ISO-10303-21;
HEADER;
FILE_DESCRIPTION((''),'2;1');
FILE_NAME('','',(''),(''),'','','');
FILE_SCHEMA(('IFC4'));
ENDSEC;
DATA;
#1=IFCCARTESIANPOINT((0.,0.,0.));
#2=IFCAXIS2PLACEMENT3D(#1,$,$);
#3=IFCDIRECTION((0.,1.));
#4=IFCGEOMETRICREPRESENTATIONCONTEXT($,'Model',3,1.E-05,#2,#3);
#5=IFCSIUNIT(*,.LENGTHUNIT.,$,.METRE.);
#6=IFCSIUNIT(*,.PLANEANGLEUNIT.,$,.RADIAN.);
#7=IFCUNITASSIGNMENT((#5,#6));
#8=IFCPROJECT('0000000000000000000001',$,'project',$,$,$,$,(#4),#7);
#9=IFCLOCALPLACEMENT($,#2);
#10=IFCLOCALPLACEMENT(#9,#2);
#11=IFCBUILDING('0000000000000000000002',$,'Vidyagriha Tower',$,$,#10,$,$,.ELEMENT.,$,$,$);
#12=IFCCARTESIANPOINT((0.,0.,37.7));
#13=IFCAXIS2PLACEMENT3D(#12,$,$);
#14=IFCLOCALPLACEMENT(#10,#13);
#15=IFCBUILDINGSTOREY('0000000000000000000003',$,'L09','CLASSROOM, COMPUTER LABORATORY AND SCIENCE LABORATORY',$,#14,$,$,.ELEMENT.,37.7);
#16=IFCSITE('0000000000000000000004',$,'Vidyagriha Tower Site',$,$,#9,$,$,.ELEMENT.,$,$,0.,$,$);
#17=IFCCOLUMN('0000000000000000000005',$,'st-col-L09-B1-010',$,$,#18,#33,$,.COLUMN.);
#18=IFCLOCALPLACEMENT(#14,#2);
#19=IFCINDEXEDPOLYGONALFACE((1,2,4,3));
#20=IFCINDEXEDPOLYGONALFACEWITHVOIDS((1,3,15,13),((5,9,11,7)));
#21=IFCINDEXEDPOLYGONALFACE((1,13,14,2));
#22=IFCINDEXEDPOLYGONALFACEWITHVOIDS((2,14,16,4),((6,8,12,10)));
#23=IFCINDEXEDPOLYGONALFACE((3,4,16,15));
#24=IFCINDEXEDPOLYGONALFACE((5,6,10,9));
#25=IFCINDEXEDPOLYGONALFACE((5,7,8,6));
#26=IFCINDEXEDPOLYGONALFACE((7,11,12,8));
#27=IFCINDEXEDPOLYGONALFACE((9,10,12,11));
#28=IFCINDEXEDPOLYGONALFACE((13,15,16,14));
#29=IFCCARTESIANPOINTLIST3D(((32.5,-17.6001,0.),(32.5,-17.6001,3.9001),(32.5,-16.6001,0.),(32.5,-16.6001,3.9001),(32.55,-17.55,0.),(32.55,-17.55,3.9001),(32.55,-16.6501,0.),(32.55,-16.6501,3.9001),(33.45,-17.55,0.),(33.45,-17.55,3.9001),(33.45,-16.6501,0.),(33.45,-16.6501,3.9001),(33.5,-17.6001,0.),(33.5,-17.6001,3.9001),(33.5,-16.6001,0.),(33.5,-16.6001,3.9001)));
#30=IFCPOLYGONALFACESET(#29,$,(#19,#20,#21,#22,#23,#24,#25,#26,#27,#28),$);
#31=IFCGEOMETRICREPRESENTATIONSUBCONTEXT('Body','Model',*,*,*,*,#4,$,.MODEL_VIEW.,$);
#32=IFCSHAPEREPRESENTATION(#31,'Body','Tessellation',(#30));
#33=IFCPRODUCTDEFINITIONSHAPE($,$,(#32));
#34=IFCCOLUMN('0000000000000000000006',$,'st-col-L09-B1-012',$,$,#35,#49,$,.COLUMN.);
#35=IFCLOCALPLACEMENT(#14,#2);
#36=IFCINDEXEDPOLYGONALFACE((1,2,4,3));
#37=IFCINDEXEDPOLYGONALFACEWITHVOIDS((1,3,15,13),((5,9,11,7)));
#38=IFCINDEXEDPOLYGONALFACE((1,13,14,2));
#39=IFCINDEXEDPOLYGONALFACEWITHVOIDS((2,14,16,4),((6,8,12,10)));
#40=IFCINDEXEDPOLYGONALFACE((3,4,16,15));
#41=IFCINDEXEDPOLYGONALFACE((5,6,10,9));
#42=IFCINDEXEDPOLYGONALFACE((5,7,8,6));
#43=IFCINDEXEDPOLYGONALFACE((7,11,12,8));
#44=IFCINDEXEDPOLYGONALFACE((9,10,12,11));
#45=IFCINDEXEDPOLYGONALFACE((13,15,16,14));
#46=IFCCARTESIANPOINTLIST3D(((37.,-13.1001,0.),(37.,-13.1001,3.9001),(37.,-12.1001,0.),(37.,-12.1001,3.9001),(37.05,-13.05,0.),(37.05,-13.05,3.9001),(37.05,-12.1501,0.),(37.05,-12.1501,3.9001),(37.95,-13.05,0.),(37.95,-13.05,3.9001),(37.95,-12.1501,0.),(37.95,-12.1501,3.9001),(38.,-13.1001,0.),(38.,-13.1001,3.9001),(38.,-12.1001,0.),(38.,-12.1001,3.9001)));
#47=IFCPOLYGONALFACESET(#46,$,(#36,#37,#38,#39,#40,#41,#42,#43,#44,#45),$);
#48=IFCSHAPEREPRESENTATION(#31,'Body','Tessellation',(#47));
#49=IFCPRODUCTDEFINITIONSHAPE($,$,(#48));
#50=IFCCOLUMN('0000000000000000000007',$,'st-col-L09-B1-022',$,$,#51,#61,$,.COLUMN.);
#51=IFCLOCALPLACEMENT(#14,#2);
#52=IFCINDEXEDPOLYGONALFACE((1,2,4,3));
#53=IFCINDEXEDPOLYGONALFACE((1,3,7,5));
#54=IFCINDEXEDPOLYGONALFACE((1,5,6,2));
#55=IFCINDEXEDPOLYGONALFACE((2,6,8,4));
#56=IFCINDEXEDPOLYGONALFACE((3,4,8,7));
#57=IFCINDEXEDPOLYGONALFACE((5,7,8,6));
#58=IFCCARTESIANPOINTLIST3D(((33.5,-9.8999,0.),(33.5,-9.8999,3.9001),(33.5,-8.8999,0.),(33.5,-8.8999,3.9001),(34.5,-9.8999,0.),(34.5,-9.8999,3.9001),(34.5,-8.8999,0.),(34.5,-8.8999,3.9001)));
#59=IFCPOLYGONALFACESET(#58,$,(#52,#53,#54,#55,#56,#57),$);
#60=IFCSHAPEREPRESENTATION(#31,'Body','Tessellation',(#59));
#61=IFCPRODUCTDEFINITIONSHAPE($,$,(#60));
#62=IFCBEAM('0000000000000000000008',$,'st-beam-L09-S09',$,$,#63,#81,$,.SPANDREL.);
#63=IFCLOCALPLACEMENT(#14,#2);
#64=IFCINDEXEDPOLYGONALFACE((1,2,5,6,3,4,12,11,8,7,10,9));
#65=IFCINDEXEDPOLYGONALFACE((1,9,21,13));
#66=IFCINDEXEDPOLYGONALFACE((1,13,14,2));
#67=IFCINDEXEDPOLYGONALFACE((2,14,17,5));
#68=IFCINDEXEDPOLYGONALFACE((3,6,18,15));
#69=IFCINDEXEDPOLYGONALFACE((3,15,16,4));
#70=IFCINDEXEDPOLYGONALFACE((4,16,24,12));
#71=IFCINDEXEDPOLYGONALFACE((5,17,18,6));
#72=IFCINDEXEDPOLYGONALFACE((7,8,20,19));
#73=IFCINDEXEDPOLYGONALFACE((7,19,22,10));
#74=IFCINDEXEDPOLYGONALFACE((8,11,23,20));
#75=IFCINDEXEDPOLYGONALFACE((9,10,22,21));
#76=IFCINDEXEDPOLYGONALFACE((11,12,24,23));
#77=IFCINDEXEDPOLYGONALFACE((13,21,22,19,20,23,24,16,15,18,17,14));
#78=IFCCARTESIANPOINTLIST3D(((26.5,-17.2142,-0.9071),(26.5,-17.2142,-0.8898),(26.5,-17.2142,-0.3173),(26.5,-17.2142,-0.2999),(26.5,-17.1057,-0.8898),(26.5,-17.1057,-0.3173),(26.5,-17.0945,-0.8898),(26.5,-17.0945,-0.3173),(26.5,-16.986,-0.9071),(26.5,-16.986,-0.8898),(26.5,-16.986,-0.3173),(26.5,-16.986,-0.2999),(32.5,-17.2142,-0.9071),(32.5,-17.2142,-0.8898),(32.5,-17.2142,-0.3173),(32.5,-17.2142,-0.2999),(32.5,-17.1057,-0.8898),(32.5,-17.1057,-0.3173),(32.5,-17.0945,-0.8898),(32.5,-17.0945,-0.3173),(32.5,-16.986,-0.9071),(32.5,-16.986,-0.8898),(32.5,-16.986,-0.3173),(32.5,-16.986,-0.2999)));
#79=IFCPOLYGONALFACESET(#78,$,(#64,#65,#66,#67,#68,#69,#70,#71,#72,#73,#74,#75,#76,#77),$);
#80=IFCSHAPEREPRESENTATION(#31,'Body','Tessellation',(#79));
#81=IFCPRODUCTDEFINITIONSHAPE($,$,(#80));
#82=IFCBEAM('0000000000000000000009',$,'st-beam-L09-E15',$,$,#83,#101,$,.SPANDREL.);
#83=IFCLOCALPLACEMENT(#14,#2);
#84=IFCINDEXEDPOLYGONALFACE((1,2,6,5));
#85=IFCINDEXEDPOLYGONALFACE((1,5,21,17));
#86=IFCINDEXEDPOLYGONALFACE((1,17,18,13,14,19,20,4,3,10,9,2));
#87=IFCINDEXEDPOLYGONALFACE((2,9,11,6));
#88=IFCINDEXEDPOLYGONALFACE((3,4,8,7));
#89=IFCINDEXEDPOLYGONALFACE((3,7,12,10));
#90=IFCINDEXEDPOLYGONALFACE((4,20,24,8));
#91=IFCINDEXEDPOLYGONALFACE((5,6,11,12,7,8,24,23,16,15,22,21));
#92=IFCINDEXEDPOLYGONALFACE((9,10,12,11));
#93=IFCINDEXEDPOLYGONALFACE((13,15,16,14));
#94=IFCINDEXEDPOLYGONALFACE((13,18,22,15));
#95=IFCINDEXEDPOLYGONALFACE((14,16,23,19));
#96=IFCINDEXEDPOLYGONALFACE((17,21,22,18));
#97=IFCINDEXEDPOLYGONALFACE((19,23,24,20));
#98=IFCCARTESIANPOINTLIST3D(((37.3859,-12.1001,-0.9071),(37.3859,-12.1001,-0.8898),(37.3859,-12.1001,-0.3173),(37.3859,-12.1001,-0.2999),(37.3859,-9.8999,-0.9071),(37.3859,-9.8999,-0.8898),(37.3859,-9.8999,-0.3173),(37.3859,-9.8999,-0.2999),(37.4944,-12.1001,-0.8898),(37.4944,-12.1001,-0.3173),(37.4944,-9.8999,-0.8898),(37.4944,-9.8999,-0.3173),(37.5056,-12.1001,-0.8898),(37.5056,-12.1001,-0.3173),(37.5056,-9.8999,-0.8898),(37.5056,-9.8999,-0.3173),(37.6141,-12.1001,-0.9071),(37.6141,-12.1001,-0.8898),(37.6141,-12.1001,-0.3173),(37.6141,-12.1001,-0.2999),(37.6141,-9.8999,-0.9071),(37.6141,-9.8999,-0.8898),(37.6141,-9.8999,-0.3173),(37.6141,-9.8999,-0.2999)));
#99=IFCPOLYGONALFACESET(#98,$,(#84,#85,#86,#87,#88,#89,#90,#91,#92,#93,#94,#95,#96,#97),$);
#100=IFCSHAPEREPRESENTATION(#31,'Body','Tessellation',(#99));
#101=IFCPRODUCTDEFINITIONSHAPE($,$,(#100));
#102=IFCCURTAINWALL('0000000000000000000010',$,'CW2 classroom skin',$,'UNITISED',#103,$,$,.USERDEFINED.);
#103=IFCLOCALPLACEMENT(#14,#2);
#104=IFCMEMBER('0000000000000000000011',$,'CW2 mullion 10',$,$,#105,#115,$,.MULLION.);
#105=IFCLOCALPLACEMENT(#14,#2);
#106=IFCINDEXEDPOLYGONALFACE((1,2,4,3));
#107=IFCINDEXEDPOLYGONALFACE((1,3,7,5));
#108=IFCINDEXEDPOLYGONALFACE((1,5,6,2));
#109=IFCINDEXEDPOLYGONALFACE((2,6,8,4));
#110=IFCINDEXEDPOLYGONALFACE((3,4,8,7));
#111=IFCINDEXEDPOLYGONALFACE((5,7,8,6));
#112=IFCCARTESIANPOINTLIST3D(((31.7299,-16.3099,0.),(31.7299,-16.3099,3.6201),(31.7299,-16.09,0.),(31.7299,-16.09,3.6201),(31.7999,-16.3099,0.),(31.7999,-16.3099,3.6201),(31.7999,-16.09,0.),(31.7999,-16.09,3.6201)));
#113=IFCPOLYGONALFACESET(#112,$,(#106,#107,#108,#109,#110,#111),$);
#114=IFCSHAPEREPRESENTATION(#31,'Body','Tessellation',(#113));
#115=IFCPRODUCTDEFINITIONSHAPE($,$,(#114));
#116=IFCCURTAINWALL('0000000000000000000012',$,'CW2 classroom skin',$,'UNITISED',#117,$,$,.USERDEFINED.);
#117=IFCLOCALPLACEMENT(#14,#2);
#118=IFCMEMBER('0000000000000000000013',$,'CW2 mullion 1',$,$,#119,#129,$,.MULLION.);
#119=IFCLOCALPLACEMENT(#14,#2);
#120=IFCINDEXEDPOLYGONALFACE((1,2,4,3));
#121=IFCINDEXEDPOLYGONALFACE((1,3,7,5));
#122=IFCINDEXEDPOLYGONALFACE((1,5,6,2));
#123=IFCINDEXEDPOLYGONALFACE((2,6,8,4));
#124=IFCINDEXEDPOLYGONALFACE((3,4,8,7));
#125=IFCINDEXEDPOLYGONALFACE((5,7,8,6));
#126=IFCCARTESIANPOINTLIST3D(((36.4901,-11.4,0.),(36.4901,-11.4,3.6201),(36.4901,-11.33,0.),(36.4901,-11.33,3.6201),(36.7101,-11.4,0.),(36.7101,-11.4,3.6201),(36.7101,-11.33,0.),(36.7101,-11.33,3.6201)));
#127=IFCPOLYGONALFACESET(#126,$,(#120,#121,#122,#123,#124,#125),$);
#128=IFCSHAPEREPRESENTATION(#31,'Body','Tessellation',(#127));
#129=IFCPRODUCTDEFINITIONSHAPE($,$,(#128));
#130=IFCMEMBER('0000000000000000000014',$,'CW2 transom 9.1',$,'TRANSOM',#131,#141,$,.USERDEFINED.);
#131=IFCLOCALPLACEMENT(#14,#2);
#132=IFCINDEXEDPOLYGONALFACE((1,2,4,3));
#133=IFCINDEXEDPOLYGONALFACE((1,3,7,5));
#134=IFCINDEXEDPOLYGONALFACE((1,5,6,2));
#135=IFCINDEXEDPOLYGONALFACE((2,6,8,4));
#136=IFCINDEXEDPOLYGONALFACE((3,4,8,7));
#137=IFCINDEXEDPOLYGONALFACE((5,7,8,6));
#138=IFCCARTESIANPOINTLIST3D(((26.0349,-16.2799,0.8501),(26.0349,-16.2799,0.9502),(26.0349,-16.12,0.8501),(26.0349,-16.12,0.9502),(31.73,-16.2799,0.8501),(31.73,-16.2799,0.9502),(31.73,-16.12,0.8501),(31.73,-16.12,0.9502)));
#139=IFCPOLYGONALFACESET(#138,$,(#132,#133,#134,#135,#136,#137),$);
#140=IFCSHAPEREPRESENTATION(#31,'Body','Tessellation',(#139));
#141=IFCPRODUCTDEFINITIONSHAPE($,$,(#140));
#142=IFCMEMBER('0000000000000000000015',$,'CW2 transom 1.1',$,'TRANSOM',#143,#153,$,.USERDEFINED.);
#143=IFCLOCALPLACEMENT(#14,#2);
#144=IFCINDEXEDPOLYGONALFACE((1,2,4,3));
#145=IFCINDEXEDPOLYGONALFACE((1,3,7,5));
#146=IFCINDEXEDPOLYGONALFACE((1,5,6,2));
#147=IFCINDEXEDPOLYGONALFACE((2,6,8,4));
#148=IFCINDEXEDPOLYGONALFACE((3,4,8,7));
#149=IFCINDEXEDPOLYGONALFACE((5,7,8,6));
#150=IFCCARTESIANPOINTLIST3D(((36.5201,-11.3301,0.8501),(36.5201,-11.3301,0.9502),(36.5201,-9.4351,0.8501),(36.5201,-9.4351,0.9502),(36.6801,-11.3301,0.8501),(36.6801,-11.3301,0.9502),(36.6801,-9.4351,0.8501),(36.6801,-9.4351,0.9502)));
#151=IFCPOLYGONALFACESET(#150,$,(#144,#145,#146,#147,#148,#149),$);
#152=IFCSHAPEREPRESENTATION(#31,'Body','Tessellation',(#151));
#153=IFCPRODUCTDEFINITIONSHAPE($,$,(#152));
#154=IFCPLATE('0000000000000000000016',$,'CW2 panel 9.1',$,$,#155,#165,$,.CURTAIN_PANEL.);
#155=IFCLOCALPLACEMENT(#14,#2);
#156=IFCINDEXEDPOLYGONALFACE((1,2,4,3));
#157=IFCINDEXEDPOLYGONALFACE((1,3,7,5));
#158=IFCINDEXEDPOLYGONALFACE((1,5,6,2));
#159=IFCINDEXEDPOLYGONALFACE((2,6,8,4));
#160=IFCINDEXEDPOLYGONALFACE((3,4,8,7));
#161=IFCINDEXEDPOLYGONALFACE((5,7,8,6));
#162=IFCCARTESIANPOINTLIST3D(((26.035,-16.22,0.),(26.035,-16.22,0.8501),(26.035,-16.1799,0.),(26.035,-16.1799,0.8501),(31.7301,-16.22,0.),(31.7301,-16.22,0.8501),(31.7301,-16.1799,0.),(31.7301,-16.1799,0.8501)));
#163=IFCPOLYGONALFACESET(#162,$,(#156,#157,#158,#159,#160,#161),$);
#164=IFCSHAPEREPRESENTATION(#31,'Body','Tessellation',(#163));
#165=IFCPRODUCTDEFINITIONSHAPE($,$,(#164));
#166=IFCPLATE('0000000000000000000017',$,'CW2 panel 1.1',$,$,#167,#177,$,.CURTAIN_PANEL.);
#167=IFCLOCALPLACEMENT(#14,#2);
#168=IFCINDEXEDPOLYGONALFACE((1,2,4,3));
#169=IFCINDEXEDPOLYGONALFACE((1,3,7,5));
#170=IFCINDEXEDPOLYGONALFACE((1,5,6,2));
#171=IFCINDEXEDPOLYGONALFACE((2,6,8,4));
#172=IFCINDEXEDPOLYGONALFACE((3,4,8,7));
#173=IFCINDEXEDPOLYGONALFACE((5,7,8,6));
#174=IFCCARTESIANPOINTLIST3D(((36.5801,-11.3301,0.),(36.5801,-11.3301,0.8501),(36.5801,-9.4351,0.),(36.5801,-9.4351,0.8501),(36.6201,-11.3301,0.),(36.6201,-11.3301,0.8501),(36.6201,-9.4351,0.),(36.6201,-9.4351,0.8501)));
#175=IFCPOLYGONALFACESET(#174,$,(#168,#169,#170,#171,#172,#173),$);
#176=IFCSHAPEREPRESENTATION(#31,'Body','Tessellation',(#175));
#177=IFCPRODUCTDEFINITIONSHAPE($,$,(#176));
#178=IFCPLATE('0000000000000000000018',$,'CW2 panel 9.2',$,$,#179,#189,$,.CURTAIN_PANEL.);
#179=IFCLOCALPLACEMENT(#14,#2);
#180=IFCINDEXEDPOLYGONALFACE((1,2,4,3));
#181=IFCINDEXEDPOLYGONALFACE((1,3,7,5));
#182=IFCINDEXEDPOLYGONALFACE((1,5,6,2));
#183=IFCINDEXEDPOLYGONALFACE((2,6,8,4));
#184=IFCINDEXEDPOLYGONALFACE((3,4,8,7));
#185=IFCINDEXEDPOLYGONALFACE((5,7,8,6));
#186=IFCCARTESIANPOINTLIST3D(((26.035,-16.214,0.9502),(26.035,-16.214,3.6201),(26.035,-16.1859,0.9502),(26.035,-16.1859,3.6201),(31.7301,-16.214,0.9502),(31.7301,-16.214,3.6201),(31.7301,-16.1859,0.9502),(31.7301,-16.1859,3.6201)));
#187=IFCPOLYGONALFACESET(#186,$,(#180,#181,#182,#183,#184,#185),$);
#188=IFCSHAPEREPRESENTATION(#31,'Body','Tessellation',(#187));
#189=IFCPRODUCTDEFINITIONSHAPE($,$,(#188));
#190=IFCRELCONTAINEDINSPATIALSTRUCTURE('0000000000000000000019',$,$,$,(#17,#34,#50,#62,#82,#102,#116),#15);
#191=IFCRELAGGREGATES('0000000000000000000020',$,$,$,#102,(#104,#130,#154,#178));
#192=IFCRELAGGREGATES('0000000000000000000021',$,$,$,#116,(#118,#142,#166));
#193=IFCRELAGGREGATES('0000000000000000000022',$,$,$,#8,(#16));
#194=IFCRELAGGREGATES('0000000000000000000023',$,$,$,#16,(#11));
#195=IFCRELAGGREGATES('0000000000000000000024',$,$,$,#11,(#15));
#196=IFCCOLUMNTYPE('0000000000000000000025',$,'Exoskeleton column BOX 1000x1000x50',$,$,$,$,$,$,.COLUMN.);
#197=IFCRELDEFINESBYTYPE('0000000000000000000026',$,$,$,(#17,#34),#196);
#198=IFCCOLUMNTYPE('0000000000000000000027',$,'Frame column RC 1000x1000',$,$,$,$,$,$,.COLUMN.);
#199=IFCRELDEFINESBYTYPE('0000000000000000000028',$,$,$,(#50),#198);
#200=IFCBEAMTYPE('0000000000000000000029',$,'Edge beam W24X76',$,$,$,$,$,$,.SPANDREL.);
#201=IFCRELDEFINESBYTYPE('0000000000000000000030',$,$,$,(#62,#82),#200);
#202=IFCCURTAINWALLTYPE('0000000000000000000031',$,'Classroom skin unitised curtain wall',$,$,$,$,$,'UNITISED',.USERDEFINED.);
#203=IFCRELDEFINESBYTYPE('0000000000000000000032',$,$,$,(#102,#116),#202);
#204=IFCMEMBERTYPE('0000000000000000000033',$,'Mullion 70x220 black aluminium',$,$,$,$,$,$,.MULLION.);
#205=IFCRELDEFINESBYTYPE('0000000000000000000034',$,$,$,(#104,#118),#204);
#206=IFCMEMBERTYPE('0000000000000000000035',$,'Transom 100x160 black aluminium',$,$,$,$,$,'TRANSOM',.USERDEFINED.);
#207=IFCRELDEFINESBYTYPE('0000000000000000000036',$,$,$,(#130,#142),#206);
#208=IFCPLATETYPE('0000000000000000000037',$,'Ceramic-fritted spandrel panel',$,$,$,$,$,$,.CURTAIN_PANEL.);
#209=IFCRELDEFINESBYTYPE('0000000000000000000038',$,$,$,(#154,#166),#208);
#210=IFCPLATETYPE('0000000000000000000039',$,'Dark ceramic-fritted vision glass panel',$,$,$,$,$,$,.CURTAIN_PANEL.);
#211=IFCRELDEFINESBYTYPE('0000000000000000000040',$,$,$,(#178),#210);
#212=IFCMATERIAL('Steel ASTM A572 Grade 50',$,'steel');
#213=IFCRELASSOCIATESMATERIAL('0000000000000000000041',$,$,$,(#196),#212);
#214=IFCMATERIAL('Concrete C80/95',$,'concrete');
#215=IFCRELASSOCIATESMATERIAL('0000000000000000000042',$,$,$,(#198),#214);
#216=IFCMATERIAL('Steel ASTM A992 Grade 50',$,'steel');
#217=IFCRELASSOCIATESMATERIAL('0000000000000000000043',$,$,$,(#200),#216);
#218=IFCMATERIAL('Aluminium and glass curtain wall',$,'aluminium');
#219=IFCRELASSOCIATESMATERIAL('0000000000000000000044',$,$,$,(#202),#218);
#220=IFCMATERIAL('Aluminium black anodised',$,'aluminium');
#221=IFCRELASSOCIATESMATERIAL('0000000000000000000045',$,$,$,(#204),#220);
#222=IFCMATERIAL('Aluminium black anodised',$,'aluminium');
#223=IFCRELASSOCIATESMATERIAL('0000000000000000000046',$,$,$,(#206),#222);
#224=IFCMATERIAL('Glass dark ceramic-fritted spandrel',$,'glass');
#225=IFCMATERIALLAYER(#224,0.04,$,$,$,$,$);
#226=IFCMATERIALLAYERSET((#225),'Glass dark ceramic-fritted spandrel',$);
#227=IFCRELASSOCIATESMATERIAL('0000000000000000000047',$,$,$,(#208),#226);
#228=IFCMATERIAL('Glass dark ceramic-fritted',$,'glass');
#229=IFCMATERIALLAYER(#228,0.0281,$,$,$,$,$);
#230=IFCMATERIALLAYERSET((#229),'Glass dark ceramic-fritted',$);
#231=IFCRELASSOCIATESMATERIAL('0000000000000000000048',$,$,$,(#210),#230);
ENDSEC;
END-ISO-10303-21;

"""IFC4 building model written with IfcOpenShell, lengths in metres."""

from ifc_helpers import new_model, si_unit, direction, frame, origin, origin_2d, place, context, subcontext, project, spatial, rectangle, hollow_rectangle, i_section, extrude, material, layer, layer_set, material_profile, profile_set, type_object, element, aggregate, save


model = new_model("IFC4")

# Units and contexts
model_context = context("Model", 3, precision=1e-05, world=origin(), true_north=direction((0.0, 1.0)))
body_context = subcontext(model_context, "Body", "Model", "MODEL_VIEW")
ifc_project = project(units=[si_unit("LENGTHUNIT", "METRE"), si_unit("PLANEANGLEUNIT", "RADIAN")], contexts=[model_context])

# Site, building, storey
site_placement = place(None, origin())
site = spatial("IfcSite", under=ifc_project, at=site_placement, Name="Vidyagriha Tower Site", CompositionType="ELEMENT", RefElevation=0.0)
building_placement = place(site_placement, origin())
building = spatial("IfcBuilding", under=site, at=building_placement, Name="Vidyagriha Tower", CompositionType="ELEMENT")
storey_placement = place(building_placement, frame((0.0, 0.0, 37.7)))
storey = spatial("IfcBuildingStorey", under=building, at=storey_placement, Name="L09", Description="CLASSROOM, COMPUTER LABORATORY AND SCIENCE LABORATORY", CompositionType="ELEMENT", Elevation=37.7)

# Columns
ifc_material_1 = material(Name="Steel ASTM A572 Grade 50", Category="steel")
ifc_material_profile_1 = material_profile(ifc_material_1, hollow_rectangle(XDim=1.0, YDim=1.0, WallThickness=0.05, at=origin_2d()), Name="BOX 1000x1000x50")
ifc_profile_set_1 = profile_set([ifc_material_profile_1], Name="Steel ASTM A572 Grade 50")
column_type_1 = type_object("IfcColumnType", Name="Exoskeleton column BOX 1000x1000x50", PredefinedType="COLUMN", material=ifc_profile_set_1)
for number, where, name in (
    (1, (33.0, -17.1001, 0.0), "st-col-L09-B1-010"),
    (2, (37.5, -12.6001, 0.0), "st-col-L09-B1-012"),
):
    element("IfcColumn", number, at=place(storey_placement, frame(where)), inside=storey, type_object=column_type_1, Name=name, PredefinedType="COLUMN", context=body_context, shape_type="SweptSolid", body=[
        extrude(hollow_rectangle(XDim=1.0, YDim=1.0, WallThickness=0.05, at=origin_2d()), origin(), (0.0, 0.0, 1.0), 3.9001),
    ])
ifc_material_2 = material(Name="Concrete C80/95", Category="concrete")
ifc_material_profile_2 = material_profile(ifc_material_2, rectangle(XDim=1.0, YDim=1.0, at=origin_2d()), Name="RC 1000x1000")
ifc_profile_set_2 = profile_set([ifc_material_profile_2], Name="Concrete C80/95")
column_type_2 = type_object("IfcColumnType", Name="Frame column RC 1000x1000", PredefinedType="COLUMN", material=ifc_profile_set_2)
column_placement = place(storey_placement, frame((34.0, -9.3999, 0.0)))
element("IfcColumn", 3, at=column_placement, inside=storey, type_object=column_type_2, Name="st-col-L09-B1-022", PredefinedType="COLUMN", context=body_context, shape_type="SweptSolid", body=[
    extrude(rectangle(XDim=1.0, YDim=1.0, at=origin_2d()), origin(), (0.0, 0.0, 1.0), 3.9001),
])

# Beams
ifc_material_3 = material(Name="Steel ASTM A992 Grade 50", Category="steel")
ifc_material_profile_3 = material_profile(ifc_material_3, i_section(OverallWidth=0.2283, OverallDepth=0.6072, WebThickness=0.0112, FlangeThickness=0.0173, at=origin_2d()), Name="W24X76")
ifc_profile_set_3 = profile_set([ifc_material_profile_3], Name="Steel ASTM A992 Grade 50")
beam_type = type_object("IfcBeamType", Name="Edge beam W24X76", PredefinedType="SPANDREL", material=ifc_profile_set_3)
beam_1_placement = place(storey_placement, frame((26.5, -17.1001, -0.6035), z_axis=(1.0, 0.0, 0.0), x_axis=(0.0, 1.0, 0.0)))
element("IfcBeam", 4, at=beam_1_placement, inside=storey, type_object=beam_type, Name="st-beam-L09-S09", PredefinedType="SPANDREL", context=body_context, shape_type="SweptSolid", body=[
    extrude(i_section(OverallWidth=0.2283, OverallDepth=0.6072, WebThickness=0.0112, FlangeThickness=0.0173, at=origin_2d()), origin(), (0.0, 0.0, 1.0), 6.0),
])
beam_2_placement = place(storey_placement, frame((37.5, -12.1001, -0.6035), z_axis=(0.0, 1.0, 0.0), x_axis=(-1.0, 0.0, 0.0)))
element("IfcBeam", 5, at=beam_2_placement, inside=storey, type_object=beam_type, Name="st-beam-L09-E15", PredefinedType="SPANDREL", context=body_context, shape_type="SweptSolid", body=[
    extrude(i_section(OverallWidth=0.2283, OverallDepth=0.6072, WebThickness=0.0112, FlangeThickness=0.0173, at=origin_2d()), origin(), (0.0, 0.0, 1.0), 2.2002),
])

# Curtain walls, members
ifc_material_4 = material(Name="Aluminium and glass curtain wall", Category="aluminium")
curtain_wall_type = type_object("IfcCurtainWallType", Name="Classroom skin unitised curtain wall", ElementType="UNITISED", PredefinedType="USERDEFINED", material=ifc_material_4)
curtain_wall_1_placement = place(storey_placement, origin())
curtain_wall_1 = element("IfcCurtainWall", 6, at=curtain_wall_1_placement, inside=storey, type_object=curtain_wall_type, Name="CW2 classroom skin", ObjectType="UNITISED", PredefinedType="USERDEFINED")
ifc_material_5 = material(Name="Aluminium black anodised", Category="aluminium")
ifc_material_profile_4 = material_profile(ifc_material_5, rectangle(XDim=0.22, YDim=0.0701, at=origin_2d()), Name="Mullion 70x220 black aluminium")
ifc_profile_set_4 = profile_set([ifc_material_profile_4], Name="Aluminium black anodised")
member_type_1 = type_object("IfcMemberType", Name="Mullion 70x220 black aluminium", PredefinedType="MULLION", material=ifc_profile_set_4)
member_1_placement = place(storey_placement, frame((31.7649, -16.2, 0.0), z_axis=(0.0, 0.0, 1.0), x_axis=(0.0, 1.0, 0.0)))
member_1 = element("IfcMember", 7, at=member_1_placement, type_object=member_type_1, Name="CW2 mullion 10", PredefinedType="MULLION", context=body_context, shape_type="SweptSolid", body=[
    extrude(rectangle(XDim=0.22, YDim=0.0701, at=origin_2d()), origin(), (0.0, 0.0, 1.0), 3.6201),
])
curtain_wall_2_placement = place(storey_placement, origin())
curtain_wall_2 = element("IfcCurtainWall", 8, at=curtain_wall_2_placement, inside=storey, type_object=curtain_wall_type, Name="CW2 classroom skin", ObjectType="UNITISED", PredefinedType="USERDEFINED")
member_2_placement = place(storey_placement, frame((36.6001, -11.365, 0.0), z_axis=(0.0, 0.0, 1.0), x_axis=(-1.0, 0.0, 0.0)))
member_2 = element("IfcMember", 9, at=member_2_placement, type_object=member_type_1, Name="CW2 mullion 1", PredefinedType="MULLION", context=body_context, shape_type="SweptSolid", body=[
    extrude(rectangle(XDim=0.22, YDim=0.0701, at=origin_2d()), origin(), (0.0, 0.0, 1.0), 3.6201),
])

# Members
ifc_material_6 = material(Name="Aluminium black anodised", Category="aluminium")
ifc_material_profile_5 = material_profile(ifc_material_6, rectangle(XDim=0.1599, YDim=0.1001, at=origin_2d()), Name="Transom 100x160 black aluminium")
ifc_profile_set_5 = profile_set([ifc_material_profile_5], Name="Aluminium black anodised")
member_type_2 = type_object("IfcMemberType", Name="Transom 100x160 black aluminium", ElementType="TRANSOM", PredefinedType="USERDEFINED", material=ifc_profile_set_5)
member_3_placement = place(storey_placement, frame((26.0349, -16.2, 0.9001), z_axis=(1.0, 0.0, 0.0), x_axis=(0.0, 1.0, 0.0)))
member_3 = element("IfcMember", 10, at=member_3_placement, type_object=member_type_2, Name="CW2 transom 9.1", ObjectType="TRANSOM", PredefinedType="USERDEFINED", context=body_context, shape_type="SweptSolid", body=[
    extrude(rectangle(XDim=0.1599, YDim=0.1001, at=origin_2d()), origin(), (0.0, 0.0, 1.0), 5.6951),
])
member_4_placement = place(storey_placement, frame((36.6001, -11.3301, 0.9001), z_axis=(0.0, 1.0, 0.0), x_axis=(-1.0, 0.0, 0.0)))
member_4 = element("IfcMember", 11, at=member_4_placement, type_object=member_type_2, Name="CW2 transom 1.1", ObjectType="TRANSOM", PredefinedType="USERDEFINED", context=body_context, shape_type="SweptSolid", body=[
    extrude(rectangle(XDim=0.1599, YDim=0.1001, at=origin_2d()), origin(), (0.0, 0.0, 1.0), 1.895),
])

# Plates
ifc_material_7 = material(Name="Glass dark ceramic-fritted spandrel", Category="glass")
ifc_layer_1 = layer(ifc_material_7, 0.04)
ifc_layer_set_1 = layer_set([ifc_layer_1], Name="Glass dark ceramic-fritted spandrel")
plate_type_1 = type_object("IfcPlateType", Name="Ceramic-fritted spandrel panel", PredefinedType="CURTAIN_PANEL", material=ifc_layer_set_1)
plate_1_placement = place(storey_placement, frame((28.8826, -16.2, 0.0)))
plate_1 = element("IfcPlate", 12, at=plate_1_placement, type_object=plate_type_1, Name="CW2 panel 9.1", PredefinedType="CURTAIN_PANEL", context=body_context, shape_type="SweptSolid", body=[
    extrude(rectangle(XDim=5.6951, YDim=0.04, at=origin_2d()), origin(), (0.0, 0.0, 1.0), 0.8501),
])
plate_2_placement = place(storey_placement, frame((36.6001, -10.3826, 0.0), z_axis=(0.0, 0.0, 1.0), x_axis=(0.0, 1.0, 0.0)))
plate_2 = element("IfcPlate", 13, at=plate_2_placement, type_object=plate_type_1, Name="CW2 panel 1.1", PredefinedType="CURTAIN_PANEL", context=body_context, shape_type="SweptSolid", body=[
    extrude(rectangle(XDim=1.895, YDim=0.04, at=origin_2d()), origin(), (0.0, 0.0, 1.0), 0.8501),
])
ifc_material_8 = material(Name="Glass dark ceramic-fritted", Category="glass")
ifc_layer_2 = layer(ifc_material_8, 0.0281)
ifc_layer_set_2 = layer_set([ifc_layer_2], Name="Glass dark ceramic-fritted")
plate_type_2 = type_object("IfcPlateType", Name="Dark ceramic-fritted vision glass panel", PredefinedType="CURTAIN_PANEL", material=ifc_layer_set_2)
plate_3_placement = place(storey_placement, frame((28.8826, -16.2, 0.9502)))
plate_3 = element("IfcPlate", 14, at=plate_3_placement, type_object=plate_type_2, Name="CW2 panel 9.2", PredefinedType="CURTAIN_PANEL", context=body_context, shape_type="SweptSolid", body=[
    extrude(rectangle(XDim=5.6951, YDim=0.0281, at=origin_2d()), origin(), (0.0, 0.0, 1.0), 2.6699),
])
aggregate(curtain_wall_1, [member_1, member_3, plate_1, plate_3])
aggregate(curtain_wall_2, [member_2, member_4, plate_2])

save(model, "model.ifc")
